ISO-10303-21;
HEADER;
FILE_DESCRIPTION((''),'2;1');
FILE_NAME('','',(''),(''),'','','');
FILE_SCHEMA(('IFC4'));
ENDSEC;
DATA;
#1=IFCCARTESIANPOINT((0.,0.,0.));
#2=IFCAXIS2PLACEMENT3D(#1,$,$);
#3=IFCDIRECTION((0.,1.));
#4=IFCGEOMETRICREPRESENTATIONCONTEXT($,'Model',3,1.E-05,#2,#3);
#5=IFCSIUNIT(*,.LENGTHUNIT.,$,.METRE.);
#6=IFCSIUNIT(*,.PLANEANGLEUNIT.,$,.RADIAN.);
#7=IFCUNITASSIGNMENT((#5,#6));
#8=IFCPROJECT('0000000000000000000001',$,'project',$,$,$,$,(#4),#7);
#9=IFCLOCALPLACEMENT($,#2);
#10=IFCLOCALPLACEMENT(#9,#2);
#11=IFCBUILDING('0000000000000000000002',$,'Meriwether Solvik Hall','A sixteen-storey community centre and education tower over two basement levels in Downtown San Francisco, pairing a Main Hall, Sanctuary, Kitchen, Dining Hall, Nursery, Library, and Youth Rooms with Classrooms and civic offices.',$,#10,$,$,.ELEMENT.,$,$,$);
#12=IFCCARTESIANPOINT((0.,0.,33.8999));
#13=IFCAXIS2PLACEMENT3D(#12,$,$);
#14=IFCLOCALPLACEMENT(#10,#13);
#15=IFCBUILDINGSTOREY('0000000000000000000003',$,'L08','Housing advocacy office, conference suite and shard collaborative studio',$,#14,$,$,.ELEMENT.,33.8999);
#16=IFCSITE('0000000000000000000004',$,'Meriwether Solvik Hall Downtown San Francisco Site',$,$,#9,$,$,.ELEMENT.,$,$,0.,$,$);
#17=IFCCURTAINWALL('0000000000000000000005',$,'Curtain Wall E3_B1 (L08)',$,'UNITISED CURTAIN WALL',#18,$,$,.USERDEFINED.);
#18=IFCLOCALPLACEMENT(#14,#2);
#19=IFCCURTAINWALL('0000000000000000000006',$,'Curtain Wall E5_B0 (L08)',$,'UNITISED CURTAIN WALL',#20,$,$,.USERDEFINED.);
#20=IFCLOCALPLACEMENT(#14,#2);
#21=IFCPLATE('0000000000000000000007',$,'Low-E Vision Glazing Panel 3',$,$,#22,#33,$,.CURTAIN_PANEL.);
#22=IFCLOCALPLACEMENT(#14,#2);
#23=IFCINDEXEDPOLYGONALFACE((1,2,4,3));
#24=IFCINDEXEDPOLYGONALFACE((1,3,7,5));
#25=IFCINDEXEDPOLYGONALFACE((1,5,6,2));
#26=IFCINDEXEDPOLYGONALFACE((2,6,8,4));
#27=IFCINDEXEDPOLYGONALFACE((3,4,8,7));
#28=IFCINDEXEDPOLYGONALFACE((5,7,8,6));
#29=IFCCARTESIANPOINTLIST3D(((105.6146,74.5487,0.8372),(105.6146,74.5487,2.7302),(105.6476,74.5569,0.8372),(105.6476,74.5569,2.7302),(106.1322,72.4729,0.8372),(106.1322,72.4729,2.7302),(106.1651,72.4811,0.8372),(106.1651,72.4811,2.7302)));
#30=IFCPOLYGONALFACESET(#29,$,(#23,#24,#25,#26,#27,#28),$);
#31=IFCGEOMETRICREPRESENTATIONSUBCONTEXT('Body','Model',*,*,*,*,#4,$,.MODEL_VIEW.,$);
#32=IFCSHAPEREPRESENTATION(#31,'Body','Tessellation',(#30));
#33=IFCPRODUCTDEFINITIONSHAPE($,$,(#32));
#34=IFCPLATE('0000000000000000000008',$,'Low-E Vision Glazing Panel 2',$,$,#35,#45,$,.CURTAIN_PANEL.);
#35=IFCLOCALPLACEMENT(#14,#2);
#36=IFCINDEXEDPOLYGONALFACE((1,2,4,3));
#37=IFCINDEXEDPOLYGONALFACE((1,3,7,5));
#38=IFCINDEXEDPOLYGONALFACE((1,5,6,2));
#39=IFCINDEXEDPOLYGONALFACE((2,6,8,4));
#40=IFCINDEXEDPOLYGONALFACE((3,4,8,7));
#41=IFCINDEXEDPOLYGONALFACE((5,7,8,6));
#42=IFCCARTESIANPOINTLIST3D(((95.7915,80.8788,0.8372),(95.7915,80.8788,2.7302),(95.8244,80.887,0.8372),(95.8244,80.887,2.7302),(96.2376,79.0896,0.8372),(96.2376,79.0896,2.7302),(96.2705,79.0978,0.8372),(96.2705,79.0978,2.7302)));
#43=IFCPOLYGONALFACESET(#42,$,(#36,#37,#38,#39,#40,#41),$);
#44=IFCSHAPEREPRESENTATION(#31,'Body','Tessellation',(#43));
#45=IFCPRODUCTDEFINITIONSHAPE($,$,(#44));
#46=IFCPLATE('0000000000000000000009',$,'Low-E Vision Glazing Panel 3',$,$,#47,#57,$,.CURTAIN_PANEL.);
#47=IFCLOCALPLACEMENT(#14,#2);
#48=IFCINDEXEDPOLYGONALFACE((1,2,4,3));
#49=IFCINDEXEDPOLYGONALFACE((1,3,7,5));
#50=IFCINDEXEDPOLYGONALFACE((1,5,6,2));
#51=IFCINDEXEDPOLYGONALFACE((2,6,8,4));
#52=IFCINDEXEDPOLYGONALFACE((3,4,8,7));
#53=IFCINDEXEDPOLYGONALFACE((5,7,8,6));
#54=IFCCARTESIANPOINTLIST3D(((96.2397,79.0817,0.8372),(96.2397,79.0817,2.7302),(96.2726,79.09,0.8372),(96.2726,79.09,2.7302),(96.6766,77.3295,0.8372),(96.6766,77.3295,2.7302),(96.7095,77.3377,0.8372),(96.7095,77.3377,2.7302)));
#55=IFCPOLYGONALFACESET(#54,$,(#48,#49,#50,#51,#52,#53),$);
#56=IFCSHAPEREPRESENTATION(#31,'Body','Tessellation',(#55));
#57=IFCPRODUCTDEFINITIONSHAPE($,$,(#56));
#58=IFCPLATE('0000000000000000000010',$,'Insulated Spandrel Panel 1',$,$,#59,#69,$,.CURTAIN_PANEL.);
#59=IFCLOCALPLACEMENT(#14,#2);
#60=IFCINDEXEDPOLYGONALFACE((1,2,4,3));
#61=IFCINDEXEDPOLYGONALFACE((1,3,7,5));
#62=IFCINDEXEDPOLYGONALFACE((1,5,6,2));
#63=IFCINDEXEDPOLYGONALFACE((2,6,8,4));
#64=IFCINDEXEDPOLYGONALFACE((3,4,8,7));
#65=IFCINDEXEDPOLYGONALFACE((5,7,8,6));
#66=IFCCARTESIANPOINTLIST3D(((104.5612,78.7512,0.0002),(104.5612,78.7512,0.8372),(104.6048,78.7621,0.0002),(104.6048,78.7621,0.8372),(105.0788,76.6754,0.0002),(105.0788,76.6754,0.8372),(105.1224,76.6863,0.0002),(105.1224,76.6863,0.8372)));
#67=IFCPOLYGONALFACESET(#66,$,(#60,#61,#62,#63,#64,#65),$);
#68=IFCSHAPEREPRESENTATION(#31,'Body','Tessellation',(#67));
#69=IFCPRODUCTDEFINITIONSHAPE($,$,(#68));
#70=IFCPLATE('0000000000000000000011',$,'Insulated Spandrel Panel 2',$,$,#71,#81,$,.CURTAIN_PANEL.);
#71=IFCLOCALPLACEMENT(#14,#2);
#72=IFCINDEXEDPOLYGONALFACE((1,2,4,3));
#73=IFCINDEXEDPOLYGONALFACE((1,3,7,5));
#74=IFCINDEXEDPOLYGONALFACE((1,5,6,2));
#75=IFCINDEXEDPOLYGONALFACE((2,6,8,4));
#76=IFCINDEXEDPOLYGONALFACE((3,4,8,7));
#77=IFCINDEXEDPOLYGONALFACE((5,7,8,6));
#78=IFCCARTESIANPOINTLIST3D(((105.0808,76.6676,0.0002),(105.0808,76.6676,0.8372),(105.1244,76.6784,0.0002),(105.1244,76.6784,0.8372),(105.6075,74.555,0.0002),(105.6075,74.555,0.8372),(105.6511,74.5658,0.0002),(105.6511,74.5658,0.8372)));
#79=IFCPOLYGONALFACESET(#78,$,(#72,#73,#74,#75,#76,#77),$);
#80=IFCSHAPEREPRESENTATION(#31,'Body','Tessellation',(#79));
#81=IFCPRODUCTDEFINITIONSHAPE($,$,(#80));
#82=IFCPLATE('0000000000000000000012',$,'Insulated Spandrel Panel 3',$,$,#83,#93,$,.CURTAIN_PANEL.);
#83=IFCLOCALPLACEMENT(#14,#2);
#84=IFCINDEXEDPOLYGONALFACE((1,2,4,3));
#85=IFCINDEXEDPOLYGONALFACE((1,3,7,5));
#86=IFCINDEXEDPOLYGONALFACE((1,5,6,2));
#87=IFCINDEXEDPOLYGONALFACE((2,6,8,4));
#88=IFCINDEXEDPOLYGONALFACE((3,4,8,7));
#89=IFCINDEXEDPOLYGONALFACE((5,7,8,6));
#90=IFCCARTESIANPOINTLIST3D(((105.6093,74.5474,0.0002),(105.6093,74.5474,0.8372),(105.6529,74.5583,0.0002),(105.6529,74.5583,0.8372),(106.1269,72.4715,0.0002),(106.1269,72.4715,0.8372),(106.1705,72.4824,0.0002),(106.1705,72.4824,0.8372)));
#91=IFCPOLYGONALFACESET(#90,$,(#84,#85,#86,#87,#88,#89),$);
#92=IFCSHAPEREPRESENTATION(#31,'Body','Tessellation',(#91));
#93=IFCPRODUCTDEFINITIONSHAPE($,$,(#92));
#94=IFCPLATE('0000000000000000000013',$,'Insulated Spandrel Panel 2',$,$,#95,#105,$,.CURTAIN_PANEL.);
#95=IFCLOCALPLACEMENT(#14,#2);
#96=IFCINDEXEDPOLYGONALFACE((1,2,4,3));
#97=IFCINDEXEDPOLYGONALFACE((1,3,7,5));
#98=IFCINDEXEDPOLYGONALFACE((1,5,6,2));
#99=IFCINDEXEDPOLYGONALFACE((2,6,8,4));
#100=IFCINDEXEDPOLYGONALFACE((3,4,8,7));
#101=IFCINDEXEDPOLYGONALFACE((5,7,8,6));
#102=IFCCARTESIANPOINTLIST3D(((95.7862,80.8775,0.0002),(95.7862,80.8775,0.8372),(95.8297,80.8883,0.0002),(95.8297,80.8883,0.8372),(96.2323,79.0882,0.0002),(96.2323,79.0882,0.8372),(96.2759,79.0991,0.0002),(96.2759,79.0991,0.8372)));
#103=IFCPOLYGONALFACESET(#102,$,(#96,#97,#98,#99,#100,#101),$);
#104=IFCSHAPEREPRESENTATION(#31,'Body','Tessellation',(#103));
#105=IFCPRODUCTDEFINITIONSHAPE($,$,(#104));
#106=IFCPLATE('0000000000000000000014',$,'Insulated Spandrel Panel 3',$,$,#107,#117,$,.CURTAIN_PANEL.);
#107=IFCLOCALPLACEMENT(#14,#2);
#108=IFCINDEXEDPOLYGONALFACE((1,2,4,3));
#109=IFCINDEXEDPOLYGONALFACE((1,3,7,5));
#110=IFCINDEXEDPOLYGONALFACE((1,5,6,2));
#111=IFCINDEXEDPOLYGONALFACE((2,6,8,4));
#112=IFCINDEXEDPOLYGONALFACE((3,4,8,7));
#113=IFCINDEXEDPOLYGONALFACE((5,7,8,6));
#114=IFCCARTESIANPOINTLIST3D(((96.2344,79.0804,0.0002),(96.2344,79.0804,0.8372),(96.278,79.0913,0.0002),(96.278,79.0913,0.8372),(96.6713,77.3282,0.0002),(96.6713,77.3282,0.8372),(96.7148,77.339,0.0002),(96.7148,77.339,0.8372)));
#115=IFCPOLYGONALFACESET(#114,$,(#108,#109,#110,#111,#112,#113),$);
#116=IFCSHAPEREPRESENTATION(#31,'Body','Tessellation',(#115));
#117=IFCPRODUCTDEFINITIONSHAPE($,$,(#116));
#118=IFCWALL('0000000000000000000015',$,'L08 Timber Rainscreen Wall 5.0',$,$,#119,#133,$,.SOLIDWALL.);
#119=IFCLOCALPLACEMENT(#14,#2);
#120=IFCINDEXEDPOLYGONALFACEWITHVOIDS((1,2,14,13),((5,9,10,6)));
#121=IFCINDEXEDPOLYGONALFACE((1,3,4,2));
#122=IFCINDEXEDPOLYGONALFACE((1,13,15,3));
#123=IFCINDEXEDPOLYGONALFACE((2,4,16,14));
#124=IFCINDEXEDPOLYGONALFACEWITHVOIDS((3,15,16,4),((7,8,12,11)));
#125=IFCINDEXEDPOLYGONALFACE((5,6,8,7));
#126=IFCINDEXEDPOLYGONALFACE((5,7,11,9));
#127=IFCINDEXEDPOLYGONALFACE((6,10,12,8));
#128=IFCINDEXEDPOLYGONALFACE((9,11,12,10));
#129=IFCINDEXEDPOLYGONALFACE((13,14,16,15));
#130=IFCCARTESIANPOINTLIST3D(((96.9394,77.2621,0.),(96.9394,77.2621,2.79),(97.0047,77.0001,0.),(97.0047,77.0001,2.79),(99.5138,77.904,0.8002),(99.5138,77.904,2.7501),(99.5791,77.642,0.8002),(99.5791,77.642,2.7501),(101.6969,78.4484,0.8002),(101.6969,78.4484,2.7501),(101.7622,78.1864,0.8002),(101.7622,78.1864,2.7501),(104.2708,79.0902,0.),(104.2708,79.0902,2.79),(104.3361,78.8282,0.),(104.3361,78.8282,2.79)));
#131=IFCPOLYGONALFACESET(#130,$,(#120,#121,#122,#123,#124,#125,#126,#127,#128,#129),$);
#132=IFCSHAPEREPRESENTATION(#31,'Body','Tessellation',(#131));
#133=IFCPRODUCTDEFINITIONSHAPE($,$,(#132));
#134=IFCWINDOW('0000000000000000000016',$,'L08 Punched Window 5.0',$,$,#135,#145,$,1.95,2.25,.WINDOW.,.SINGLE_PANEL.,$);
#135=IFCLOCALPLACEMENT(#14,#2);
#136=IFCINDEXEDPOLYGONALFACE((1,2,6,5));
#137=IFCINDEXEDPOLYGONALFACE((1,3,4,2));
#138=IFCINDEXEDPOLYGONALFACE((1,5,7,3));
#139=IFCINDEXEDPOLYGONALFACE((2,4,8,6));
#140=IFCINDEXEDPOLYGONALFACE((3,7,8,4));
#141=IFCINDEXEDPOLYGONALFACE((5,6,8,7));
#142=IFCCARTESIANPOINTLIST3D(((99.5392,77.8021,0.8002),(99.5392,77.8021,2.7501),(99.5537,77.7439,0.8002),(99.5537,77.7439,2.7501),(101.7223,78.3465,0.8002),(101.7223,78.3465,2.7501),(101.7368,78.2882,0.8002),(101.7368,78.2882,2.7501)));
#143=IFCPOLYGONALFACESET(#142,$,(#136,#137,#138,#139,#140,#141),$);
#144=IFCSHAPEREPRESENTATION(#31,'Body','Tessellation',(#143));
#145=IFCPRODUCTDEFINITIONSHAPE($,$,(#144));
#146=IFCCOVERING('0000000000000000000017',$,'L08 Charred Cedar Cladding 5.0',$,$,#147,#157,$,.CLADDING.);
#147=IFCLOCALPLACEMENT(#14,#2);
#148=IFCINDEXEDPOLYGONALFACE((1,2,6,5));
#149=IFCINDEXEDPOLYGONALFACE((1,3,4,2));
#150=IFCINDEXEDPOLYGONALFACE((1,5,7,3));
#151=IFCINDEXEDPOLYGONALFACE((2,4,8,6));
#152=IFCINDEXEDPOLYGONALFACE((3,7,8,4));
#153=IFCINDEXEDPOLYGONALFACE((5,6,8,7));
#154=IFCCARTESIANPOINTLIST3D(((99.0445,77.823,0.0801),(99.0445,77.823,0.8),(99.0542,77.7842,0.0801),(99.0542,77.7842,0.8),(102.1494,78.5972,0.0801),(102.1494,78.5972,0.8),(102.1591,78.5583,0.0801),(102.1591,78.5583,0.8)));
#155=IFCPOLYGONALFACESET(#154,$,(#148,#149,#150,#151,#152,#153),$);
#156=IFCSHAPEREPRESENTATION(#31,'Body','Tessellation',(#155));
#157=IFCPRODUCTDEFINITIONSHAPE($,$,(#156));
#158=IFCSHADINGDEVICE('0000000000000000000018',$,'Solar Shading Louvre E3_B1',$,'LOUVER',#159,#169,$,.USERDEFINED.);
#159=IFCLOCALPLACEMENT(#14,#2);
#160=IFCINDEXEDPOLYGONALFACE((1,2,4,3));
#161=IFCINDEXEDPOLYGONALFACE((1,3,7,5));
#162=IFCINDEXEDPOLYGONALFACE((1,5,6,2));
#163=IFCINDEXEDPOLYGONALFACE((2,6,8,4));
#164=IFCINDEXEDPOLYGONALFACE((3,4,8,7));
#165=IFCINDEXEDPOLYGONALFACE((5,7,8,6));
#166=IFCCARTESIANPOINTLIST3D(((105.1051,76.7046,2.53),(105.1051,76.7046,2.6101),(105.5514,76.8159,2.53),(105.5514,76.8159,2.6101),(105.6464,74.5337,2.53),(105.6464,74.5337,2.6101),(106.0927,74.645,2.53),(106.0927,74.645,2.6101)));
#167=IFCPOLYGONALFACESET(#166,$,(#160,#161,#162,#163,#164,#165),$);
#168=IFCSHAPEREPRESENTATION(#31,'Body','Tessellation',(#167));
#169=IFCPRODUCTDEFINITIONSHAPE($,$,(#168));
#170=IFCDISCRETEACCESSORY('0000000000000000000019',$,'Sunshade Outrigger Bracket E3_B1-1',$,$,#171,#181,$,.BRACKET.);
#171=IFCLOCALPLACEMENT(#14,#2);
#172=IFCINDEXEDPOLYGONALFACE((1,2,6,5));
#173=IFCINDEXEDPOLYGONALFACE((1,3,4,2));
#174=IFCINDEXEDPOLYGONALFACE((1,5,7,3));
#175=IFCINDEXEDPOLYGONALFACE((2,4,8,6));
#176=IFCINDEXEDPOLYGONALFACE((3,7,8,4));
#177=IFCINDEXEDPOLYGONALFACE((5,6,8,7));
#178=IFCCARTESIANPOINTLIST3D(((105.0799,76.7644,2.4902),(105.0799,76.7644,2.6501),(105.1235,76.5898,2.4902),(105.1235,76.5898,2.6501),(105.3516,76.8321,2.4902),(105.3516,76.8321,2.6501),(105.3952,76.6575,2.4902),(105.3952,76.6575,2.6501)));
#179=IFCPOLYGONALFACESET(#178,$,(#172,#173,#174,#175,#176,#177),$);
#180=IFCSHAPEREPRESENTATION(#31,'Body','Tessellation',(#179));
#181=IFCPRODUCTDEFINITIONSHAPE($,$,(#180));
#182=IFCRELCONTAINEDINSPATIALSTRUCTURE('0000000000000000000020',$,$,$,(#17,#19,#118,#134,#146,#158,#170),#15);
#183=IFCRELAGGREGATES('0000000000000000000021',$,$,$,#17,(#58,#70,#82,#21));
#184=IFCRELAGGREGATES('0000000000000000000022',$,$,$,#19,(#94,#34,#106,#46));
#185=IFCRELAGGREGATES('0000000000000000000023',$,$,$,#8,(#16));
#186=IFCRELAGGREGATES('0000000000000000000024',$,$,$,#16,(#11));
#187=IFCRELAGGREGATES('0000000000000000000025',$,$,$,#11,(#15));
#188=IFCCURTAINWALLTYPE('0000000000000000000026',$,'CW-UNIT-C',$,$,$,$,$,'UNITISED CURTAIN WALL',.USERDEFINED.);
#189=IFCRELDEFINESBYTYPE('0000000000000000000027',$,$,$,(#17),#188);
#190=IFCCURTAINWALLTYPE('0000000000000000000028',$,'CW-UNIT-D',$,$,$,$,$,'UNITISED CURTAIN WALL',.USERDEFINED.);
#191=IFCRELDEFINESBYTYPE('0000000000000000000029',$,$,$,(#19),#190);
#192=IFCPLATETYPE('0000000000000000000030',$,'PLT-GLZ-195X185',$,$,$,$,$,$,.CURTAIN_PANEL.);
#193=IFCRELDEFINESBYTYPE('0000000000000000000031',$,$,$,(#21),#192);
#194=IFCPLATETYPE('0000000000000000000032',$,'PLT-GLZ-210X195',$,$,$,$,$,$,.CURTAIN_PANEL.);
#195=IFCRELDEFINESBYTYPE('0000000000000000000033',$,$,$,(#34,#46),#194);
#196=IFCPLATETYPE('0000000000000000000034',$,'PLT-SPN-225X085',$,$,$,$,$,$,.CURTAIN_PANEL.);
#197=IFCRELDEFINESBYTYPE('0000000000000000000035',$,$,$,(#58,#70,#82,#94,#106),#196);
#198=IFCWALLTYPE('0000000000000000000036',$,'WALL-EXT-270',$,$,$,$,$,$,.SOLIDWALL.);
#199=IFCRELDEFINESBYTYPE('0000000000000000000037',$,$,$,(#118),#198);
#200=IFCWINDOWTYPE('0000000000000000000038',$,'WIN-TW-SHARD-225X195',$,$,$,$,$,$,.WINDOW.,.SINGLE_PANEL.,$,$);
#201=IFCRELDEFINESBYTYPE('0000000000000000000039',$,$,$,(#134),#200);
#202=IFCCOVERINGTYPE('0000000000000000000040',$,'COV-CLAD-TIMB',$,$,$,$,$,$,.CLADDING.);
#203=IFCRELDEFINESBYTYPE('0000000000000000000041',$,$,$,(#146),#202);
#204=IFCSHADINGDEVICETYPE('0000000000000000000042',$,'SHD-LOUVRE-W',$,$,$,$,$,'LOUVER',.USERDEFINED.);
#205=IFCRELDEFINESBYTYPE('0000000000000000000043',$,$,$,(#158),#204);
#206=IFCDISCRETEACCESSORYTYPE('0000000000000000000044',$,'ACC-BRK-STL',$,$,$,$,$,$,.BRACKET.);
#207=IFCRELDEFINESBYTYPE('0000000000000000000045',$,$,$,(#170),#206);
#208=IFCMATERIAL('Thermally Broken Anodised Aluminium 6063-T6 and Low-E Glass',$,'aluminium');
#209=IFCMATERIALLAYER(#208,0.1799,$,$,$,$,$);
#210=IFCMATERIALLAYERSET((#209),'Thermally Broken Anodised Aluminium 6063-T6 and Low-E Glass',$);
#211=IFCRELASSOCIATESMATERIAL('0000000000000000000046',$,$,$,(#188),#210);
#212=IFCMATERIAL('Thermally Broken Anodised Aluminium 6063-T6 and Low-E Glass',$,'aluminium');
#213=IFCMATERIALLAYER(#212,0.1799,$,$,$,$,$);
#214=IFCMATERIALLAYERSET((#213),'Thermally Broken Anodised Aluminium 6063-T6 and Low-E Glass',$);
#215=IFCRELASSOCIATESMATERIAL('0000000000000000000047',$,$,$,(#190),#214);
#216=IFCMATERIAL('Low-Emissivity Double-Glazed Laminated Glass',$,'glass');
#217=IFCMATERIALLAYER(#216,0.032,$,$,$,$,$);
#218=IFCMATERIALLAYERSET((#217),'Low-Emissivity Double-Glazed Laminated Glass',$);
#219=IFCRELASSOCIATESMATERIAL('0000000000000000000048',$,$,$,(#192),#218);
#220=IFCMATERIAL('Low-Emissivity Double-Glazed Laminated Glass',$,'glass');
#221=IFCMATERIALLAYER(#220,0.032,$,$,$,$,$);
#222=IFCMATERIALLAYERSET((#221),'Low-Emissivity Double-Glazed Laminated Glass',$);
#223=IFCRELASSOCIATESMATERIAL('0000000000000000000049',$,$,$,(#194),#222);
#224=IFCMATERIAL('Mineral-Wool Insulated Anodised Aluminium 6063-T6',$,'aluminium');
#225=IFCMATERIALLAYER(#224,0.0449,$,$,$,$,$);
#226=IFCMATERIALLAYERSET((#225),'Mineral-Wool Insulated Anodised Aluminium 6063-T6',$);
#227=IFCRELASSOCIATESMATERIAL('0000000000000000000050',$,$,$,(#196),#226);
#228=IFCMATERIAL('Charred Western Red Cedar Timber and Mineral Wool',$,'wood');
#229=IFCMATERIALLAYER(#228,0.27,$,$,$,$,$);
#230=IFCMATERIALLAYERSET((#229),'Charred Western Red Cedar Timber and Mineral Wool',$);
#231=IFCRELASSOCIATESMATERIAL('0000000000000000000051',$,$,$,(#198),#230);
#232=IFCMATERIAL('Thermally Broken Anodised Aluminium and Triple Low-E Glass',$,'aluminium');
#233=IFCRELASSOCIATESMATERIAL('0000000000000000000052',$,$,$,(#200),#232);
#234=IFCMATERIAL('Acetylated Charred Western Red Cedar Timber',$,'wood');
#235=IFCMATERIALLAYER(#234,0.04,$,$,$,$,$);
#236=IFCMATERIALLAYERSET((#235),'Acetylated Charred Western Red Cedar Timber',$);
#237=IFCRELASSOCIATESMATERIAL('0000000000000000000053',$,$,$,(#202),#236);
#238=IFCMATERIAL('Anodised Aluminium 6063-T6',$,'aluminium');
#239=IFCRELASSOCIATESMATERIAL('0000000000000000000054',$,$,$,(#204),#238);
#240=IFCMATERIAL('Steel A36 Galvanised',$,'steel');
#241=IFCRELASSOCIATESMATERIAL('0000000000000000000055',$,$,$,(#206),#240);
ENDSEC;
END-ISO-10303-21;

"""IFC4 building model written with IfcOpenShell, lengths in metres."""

from ifc_helpers import new_model, si_unit, direction, frame, frame_2d, origin, origin_2d, place, context, subcontext, project, spatial, rectangle, extrude, material, layer, layer_set, type_object, element, fill, aggregate, save


model = new_model("IFC4")

# Units and contexts
model_context = context("Model", 3, precision=1e-05, world=origin(), true_north=direction((0.0, 1.0)))
body_context = subcontext(model_context, "Body", "Model", "MODEL_VIEW")
ifc_project = project(units=[si_unit("LENGTHUNIT", "METRE"), si_unit("PLANEANGLEUNIT", "RADIAN")], contexts=[model_context])

# Site, building, storey
site_placement = place(None, origin())
site = spatial("IfcSite", under=ifc_project, at=site_placement, Name="Meriwether Solvik Hall Downtown San Francisco Site", CompositionType="ELEMENT", RefElevation=0.0)
building_placement = place(site_placement, origin())
building = spatial("IfcBuilding", under=site, at=building_placement, Name="Meriwether Solvik Hall", Description="A sixteen-storey community centre and education tower over two basement levels in Downtown San Francisco, pairing a Main Hall, Sanctuary, Kitchen, Dining Hall, Nursery, Library, and Youth Rooms with Classrooms and civic offices.", CompositionType="ELEMENT")
storey_placement = place(building_placement, frame((0.0, 0.0, 33.8999)))
storey = spatial("IfcBuildingStorey", under=building, at=storey_placement, Name="L08", Description="Housing advocacy office, conference suite and shard collaborative studio", CompositionType="ELEMENT", Elevation=33.8999)

# Curtain walls
ifc_material_1 = material(Name="Thermally Broken Anodised Aluminium 6063-T6 and Low-E Glass", Category="aluminium")
ifc_layer_1 = layer(ifc_material_1, 0.1799)
ifc_layer_set_1 = layer_set([ifc_layer_1], Name="Thermally Broken Anodised Aluminium 6063-T6 and Low-E Glass")
curtain_wall_type_1 = type_object("IfcCurtainWallType", Name="CW-UNIT-C", ElementType="UNITISED CURTAIN WALL", PredefinedType="USERDEFINED", material=ifc_layer_set_1)
curtain_wall_1_placement = place(storey_placement, origin())
curtain_wall_1 = element("IfcCurtainWall", 1, at=curtain_wall_1_placement, inside=storey, type_object=curtain_wall_type_1, Name="Curtain Wall E3_B1 (L08)", ObjectType="UNITISED CURTAIN WALL", PredefinedType="USERDEFINED")
ifc_material_2 = material(Name="Thermally Broken Anodised Aluminium 6063-T6 and Low-E Glass", Category="aluminium")
ifc_layer_2 = layer(ifc_material_2, 0.1799)
ifc_layer_set_2 = layer_set([ifc_layer_2], Name="Thermally Broken Anodised Aluminium 6063-T6 and Low-E Glass")
curtain_wall_type_2 = type_object("IfcCurtainWallType", Name="CW-UNIT-D", ElementType="UNITISED CURTAIN WALL", PredefinedType="USERDEFINED", material=ifc_layer_set_2)
curtain_wall_2_placement = place(storey_placement, origin())
curtain_wall_2 = element("IfcCurtainWall", 2, at=curtain_wall_2_placement, inside=storey, type_object=curtain_wall_type_2, Name="Curtain Wall E5_B0 (L08)", ObjectType="UNITISED CURTAIN WALL", PredefinedType="USERDEFINED")

# Plates
ifc_material_3 = material(Name="Low-Emissivity Double-Glazed Laminated Glass", Category="glass")
ifc_layer_3 = layer(ifc_material_3, 0.032)
ifc_layer_set_3 = layer_set([ifc_layer_3], Name="Low-Emissivity Double-Glazed Laminated Glass")
plate_type_1 = type_object("IfcPlateType", Name="PLT-GLZ-195X185", PredefinedType="CURTAIN_PANEL", material=ifc_layer_set_3)
plate_1_placement = place(storey_placement, frame((105.8899, 73.5149, 0.8372), z_axis=(0.0, 0.0, 1.0), x_axis=(0.241922, -0.970296, 0.0)))
plate_1 = element("IfcPlate", 3, at=plate_1_placement, type_object=plate_type_1, Name="Low-E Vision Glazing Panel 3", PredefinedType="CURTAIN_PANEL", context=body_context, shape_type="SweptSolid", body=[
    extrude(rectangle(XDim=2.1394, YDim=0.0339, at=origin_2d()), origin(), (0.0, 0.0, 1.0), 1.8931),
])
ifc_material_4 = material(Name="Low-Emissivity Double-Glazed Laminated Glass", Category="glass")
ifc_layer_4 = layer(ifc_material_4, 0.032)
ifc_layer_set_4 = layer_set([ifc_layer_4], Name="Low-Emissivity Double-Glazed Laminated Glass")
plate_type_2 = type_object("IfcPlateType", Name="PLT-GLZ-210X195", PredefinedType="CURTAIN_PANEL", material=ifc_layer_set_4)
plate_2_placement = place(storey_placement, frame((96.031, 79.9883, 0.8372), z_axis=(0.0, 0.0, 1.0), x_axis=(0.241922, -0.970296, 0.0)))
plate_2 = element("IfcPlate", 4, at=plate_2_placement, type_object=plate_type_2, Name="Low-E Vision Glazing Panel 2", PredefinedType="CURTAIN_PANEL", context=body_context, shape_type="SweptSolid", body=[
    extrude(rectangle(XDim=1.844, YDim=0.0339, at=origin_2d()), origin(), (0.0, 0.0, 1.0), 1.8931),
])
plate_3_placement = place(storey_placement, frame((96.4746, 78.2097, 0.8372), z_axis=(0.0, 0.0, 1.0), x_axis=(0.241922, -0.970296, 0.0)))
plate_3 = element("IfcPlate", 5, at=plate_3_placement, type_object=plate_type_2, Name="Low-E Vision Glazing Panel 3", PredefinedType="CURTAIN_PANEL", context=body_context, shape_type="SweptSolid", body=[
    extrude(rectangle(XDim=1.8059, YDim=0.0339, at=origin_2d()), origin(), (0.0, 0.0, 1.0), 1.8931),
])
ifc_material_5 = material(Name="Mineral-Wool Insulated Anodised Aluminium 6063-T6", Category="aluminium")
ifc_layer_5 = layer(ifc_material_5, 0.0449)
ifc_layer_set_5 = layer_set([ifc_layer_5], Name="Mineral-Wool Insulated Anodised Aluminium 6063-T6")
plate_type_3 = type_object("IfcPlateType", Name="PLT-SPN-225X085", PredefinedType="CURTAIN_PANEL", material=ifc_layer_set_5)
plate_4_placement = place(storey_placement, frame((104.8418, 77.7188, 0.0002), z_axis=(0.0, 0.0, 1.0), x_axis=(0.241922, -0.970296, 0.0)))
plate_4 = element("IfcPlate", 6, at=plate_4_placement, type_object=plate_type_3, Name="Insulated Spandrel Panel 1", PredefinedType="CURTAIN_PANEL", context=body_context, shape_type="SweptSolid", body=[
    extrude(rectangle(XDim=2.1394, YDim=0.0449, at=origin_2d()), origin(), (0.0, 0.0, 1.0), 0.8369),
])
plate_5_placement = place(storey_placement, frame((105.366, 75.6167, 0.0002), z_axis=(0.0, 0.0, 1.0), x_axis=(0.241922, -0.970296, 0.0)))
plate_5 = element("IfcPlate", 7, at=plate_5_placement, type_object=plate_type_3, Name="Insulated Spandrel Panel 2", PredefinedType="CURTAIN_PANEL", context=body_context, shape_type="SweptSolid", body=[
    extrude(rectangle(XDim=2.1772, YDim=0.0449, at=origin_2d()), origin(), (0.0, 0.0, 1.0), 0.8369),
])
plate_6_placement = place(storey_placement, frame((105.8899, 73.5149, 0.0002), z_axis=(0.0, 0.0, 1.0), x_axis=(0.241922, -0.970296, 0.0)))
plate_6 = element("IfcPlate", 8, at=plate_6_placement, type_object=plate_type_3, Name="Insulated Spandrel Panel 3", PredefinedType="CURTAIN_PANEL", context=body_context, shape_type="SweptSolid", body=[
    extrude(rectangle(XDim=2.1394, YDim=0.0449, at=origin_2d()), origin(), (0.0, 0.0, 1.0), 0.8369),
])
aggregate(curtain_wall_1, [plate_4, plate_5, plate_6, plate_1])
plate_7_placement = place(storey_placement, frame((96.031, 79.9883, 0.0002), z_axis=(0.0, 0.0, 1.0), x_axis=(0.241922, -0.970296, 0.0)))
plate_7 = element("IfcPlate", 9, at=plate_7_placement, type_object=plate_type_3, Name="Insulated Spandrel Panel 2", PredefinedType="CURTAIN_PANEL", context=body_context, shape_type="SweptSolid", body=[
    extrude(rectangle(XDim=1.844, YDim=0.0449, at=origin_2d()), origin(), (0.0, 0.0, 1.0), 0.8369),
])
plate_8_placement = place(storey_placement, frame((96.4746, 78.2097, 0.0002), z_axis=(0.0, 0.0, 1.0), x_axis=(0.241922, -0.970296, 0.0)))
plate_8 = element("IfcPlate", 10, at=plate_8_placement, type_object=plate_type_3, Name="Insulated Spandrel Panel 3", PredefinedType="CURTAIN_PANEL", context=body_context, shape_type="SweptSolid", body=[
    extrude(rectangle(XDim=1.8059, YDim=0.0449, at=origin_2d()), origin(), (0.0, 0.0, 1.0), 0.8369),
])
aggregate(curtain_wall_2, [plate_7, plate_2, plate_8, plate_3])

# Wall, opening, window
ifc_material_6 = material(Name="Charred Western Red Cedar Timber and Mineral Wool", Category="wood")
ifc_layer_6 = layer(ifc_material_6, 0.27)
ifc_layer_set_6 = layer_set([ifc_layer_6], Name="Charred Western Red Cedar Timber and Mineral Wool")
wall_type = type_object("IfcWallType", Name="WALL-EXT-270", PredefinedType="SOLIDWALL", material=ifc_layer_set_6)
wall_placement = place(storey_placement, frame((96.9722, 77.1311, 0.0), z_axis=(0.0, 0.0, 1.0), x_axis=(0.970291, 0.241943, 0.0)))
wall = element("IfcWall", 11, at=wall_placement, inside=storey, type_object=wall_type, Name="L08 Timber Rainscreen Wall 5.0", PredefinedType="SOLIDWALL", context=body_context, shape_type="SweptSolid", body=[
    extrude(rectangle(XDim=7.5559, YDim=0.27, at=frame_2d((3.7778, 0.0))), origin(), (0.0, 0.0, 1.0), 2.79),
])
opening_placement = place(wall_placement, frame((2.6531, 0.0, 0.8)))
opening = element("IfcOpeningElement", 12, at=opening_placement, cuts=wall, PredefinedType="OPENING", context=body_context, shape_type="SweptSolid", body=[
    extrude(rectangle(XDim=2.25, YDim=1.95, at=frame_2d((1.125, 0.9751))), frame((0.0, 0.147, 0.0), z_axis=(0.0, -1.0, 0.0), x_axis=(1.0, 0.0, 0.0)), (0.0, 0.0, 1.0), 0.2939),
])
ifc_material_7 = material(Name="Thermally Broken Anodised Aluminium and Triple Low-E Glass", Category="aluminium")
window_type = type_object("IfcWindowType", Name="WIN-TW-SHARD-225X195", PartitioningType="SINGLE_PANEL", PredefinedType="WINDOW", material=ifc_material_7)
window_placement = place(opening_placement, origin())
window = element("IfcWindow", 13, at=window_placement, inside=storey, type_object=window_type, Name="L08 Punched Window 5.0", OverallHeight=1.95, OverallWidth=2.25, PartitioningType="SINGLE_PANEL", PredefinedType="WINDOW", context=body_context, shape_type="SweptSolid", body=[
    extrude(rectangle(XDim=2.25, YDim=1.95, at=frame_2d((1.125, 0.9751))), frame((0.0, 0.03, 0.0), z_axis=(0.0, -1.0, 0.0), x_axis=(1.0, 0.0, 0.0)), (0.0, 0.0, 1.0), 0.0601),
])
fill(opening, window)

# Covering
ifc_material_8 = material(Name="Acetylated Charred Western Red Cedar Timber", Category="wood")
ifc_layer_7 = layer(ifc_material_8, 0.04)
ifc_layer_set_7 = layer_set([ifc_layer_7], Name="Acetylated Charred Western Red Cedar Timber")
covering_type = type_object("IfcCoveringType", Name="COV-CLAD-TIMB", PredefinedType="CLADDING", material=ifc_layer_set_7)
covering_placement = place(storey_placement, frame((100.6018, 78.1907, 0.0801), z_axis=(0.0, 0.0, 1.0), x_axis=(0.970296, 0.241922, 0.0)))
element("IfcCovering", 14, at=covering_placement, inside=storey, type_object=covering_type, Name="L08 Charred Cedar Cladding 5.0", PredefinedType="CLADDING", context=body_context, shape_type="SweptSolid", body=[
    extrude(rectangle(XDim=3.2, YDim=0.04, at=origin_2d()), origin(), (0.0, 0.0, 1.0), 0.72),
])

# Shading device
ifc_material_9 = material(Name="Anodised Aluminium 6063-T6", Category="aluminium")
shading_device_type = type_object("IfcShadingDeviceType", Name="SHD-LOUVRE-W", ElementType="LOUVER", PredefinedType="USERDEFINED", material=ifc_material_9)
shading_device_placement = place(storey_placement, frame((105.5989, 75.6748, 2.53), z_axis=(0.0, 0.0, 1.0), x_axis=(0.241922, -0.970296, 0.0)))
element("IfcShadingDevice", 15, at=shading_device_placement, inside=storey, type_object=shading_device_type, Name="Solar Shading Louvre E3_B1", ObjectType="LOUVER", PredefinedType="USERDEFINED", context=body_context, shape_type="SweptSolid", body=[
    extrude(rectangle(XDim=2.2373, YDim=0.46, at=origin_2d()), origin(), (0.0, 0.0, 1.0), 0.0801),
])

# Discrete accessory
ifc_material_10 = material(Name="Steel A36 Galvanised", Category="steel")
discrete_accessory_type = type_object("IfcDiscreteAccessoryType", Name="ACC-BRK-STL", PredefinedType="BRACKET", material=ifc_material_10)
for number, where, z_axis, x_axis, name in (
    (16, (105.2375, 76.7109, 2.4902), (0.0, 0.0, 1.0), (0.241922, -0.970296, 0.0), "Sunshade Outrigger Bracket E3_B1-1"),
):
    element("IfcDiscreteAccessory", number, at=place(storey_placement, frame(where, z_axis=z_axis, x_axis=x_axis)), inside=storey, type_object=discrete_accessory_type, Name=name, PredefinedType="BRACKET", context=body_context, shape_type="SweptSolid", body=[
        extrude(rectangle(XDim=0.1799, YDim=0.28, at=origin_2d()), origin(), (0.0, 0.0, 1.0), 0.1599),
    ])

save(model, "model.ifc")
